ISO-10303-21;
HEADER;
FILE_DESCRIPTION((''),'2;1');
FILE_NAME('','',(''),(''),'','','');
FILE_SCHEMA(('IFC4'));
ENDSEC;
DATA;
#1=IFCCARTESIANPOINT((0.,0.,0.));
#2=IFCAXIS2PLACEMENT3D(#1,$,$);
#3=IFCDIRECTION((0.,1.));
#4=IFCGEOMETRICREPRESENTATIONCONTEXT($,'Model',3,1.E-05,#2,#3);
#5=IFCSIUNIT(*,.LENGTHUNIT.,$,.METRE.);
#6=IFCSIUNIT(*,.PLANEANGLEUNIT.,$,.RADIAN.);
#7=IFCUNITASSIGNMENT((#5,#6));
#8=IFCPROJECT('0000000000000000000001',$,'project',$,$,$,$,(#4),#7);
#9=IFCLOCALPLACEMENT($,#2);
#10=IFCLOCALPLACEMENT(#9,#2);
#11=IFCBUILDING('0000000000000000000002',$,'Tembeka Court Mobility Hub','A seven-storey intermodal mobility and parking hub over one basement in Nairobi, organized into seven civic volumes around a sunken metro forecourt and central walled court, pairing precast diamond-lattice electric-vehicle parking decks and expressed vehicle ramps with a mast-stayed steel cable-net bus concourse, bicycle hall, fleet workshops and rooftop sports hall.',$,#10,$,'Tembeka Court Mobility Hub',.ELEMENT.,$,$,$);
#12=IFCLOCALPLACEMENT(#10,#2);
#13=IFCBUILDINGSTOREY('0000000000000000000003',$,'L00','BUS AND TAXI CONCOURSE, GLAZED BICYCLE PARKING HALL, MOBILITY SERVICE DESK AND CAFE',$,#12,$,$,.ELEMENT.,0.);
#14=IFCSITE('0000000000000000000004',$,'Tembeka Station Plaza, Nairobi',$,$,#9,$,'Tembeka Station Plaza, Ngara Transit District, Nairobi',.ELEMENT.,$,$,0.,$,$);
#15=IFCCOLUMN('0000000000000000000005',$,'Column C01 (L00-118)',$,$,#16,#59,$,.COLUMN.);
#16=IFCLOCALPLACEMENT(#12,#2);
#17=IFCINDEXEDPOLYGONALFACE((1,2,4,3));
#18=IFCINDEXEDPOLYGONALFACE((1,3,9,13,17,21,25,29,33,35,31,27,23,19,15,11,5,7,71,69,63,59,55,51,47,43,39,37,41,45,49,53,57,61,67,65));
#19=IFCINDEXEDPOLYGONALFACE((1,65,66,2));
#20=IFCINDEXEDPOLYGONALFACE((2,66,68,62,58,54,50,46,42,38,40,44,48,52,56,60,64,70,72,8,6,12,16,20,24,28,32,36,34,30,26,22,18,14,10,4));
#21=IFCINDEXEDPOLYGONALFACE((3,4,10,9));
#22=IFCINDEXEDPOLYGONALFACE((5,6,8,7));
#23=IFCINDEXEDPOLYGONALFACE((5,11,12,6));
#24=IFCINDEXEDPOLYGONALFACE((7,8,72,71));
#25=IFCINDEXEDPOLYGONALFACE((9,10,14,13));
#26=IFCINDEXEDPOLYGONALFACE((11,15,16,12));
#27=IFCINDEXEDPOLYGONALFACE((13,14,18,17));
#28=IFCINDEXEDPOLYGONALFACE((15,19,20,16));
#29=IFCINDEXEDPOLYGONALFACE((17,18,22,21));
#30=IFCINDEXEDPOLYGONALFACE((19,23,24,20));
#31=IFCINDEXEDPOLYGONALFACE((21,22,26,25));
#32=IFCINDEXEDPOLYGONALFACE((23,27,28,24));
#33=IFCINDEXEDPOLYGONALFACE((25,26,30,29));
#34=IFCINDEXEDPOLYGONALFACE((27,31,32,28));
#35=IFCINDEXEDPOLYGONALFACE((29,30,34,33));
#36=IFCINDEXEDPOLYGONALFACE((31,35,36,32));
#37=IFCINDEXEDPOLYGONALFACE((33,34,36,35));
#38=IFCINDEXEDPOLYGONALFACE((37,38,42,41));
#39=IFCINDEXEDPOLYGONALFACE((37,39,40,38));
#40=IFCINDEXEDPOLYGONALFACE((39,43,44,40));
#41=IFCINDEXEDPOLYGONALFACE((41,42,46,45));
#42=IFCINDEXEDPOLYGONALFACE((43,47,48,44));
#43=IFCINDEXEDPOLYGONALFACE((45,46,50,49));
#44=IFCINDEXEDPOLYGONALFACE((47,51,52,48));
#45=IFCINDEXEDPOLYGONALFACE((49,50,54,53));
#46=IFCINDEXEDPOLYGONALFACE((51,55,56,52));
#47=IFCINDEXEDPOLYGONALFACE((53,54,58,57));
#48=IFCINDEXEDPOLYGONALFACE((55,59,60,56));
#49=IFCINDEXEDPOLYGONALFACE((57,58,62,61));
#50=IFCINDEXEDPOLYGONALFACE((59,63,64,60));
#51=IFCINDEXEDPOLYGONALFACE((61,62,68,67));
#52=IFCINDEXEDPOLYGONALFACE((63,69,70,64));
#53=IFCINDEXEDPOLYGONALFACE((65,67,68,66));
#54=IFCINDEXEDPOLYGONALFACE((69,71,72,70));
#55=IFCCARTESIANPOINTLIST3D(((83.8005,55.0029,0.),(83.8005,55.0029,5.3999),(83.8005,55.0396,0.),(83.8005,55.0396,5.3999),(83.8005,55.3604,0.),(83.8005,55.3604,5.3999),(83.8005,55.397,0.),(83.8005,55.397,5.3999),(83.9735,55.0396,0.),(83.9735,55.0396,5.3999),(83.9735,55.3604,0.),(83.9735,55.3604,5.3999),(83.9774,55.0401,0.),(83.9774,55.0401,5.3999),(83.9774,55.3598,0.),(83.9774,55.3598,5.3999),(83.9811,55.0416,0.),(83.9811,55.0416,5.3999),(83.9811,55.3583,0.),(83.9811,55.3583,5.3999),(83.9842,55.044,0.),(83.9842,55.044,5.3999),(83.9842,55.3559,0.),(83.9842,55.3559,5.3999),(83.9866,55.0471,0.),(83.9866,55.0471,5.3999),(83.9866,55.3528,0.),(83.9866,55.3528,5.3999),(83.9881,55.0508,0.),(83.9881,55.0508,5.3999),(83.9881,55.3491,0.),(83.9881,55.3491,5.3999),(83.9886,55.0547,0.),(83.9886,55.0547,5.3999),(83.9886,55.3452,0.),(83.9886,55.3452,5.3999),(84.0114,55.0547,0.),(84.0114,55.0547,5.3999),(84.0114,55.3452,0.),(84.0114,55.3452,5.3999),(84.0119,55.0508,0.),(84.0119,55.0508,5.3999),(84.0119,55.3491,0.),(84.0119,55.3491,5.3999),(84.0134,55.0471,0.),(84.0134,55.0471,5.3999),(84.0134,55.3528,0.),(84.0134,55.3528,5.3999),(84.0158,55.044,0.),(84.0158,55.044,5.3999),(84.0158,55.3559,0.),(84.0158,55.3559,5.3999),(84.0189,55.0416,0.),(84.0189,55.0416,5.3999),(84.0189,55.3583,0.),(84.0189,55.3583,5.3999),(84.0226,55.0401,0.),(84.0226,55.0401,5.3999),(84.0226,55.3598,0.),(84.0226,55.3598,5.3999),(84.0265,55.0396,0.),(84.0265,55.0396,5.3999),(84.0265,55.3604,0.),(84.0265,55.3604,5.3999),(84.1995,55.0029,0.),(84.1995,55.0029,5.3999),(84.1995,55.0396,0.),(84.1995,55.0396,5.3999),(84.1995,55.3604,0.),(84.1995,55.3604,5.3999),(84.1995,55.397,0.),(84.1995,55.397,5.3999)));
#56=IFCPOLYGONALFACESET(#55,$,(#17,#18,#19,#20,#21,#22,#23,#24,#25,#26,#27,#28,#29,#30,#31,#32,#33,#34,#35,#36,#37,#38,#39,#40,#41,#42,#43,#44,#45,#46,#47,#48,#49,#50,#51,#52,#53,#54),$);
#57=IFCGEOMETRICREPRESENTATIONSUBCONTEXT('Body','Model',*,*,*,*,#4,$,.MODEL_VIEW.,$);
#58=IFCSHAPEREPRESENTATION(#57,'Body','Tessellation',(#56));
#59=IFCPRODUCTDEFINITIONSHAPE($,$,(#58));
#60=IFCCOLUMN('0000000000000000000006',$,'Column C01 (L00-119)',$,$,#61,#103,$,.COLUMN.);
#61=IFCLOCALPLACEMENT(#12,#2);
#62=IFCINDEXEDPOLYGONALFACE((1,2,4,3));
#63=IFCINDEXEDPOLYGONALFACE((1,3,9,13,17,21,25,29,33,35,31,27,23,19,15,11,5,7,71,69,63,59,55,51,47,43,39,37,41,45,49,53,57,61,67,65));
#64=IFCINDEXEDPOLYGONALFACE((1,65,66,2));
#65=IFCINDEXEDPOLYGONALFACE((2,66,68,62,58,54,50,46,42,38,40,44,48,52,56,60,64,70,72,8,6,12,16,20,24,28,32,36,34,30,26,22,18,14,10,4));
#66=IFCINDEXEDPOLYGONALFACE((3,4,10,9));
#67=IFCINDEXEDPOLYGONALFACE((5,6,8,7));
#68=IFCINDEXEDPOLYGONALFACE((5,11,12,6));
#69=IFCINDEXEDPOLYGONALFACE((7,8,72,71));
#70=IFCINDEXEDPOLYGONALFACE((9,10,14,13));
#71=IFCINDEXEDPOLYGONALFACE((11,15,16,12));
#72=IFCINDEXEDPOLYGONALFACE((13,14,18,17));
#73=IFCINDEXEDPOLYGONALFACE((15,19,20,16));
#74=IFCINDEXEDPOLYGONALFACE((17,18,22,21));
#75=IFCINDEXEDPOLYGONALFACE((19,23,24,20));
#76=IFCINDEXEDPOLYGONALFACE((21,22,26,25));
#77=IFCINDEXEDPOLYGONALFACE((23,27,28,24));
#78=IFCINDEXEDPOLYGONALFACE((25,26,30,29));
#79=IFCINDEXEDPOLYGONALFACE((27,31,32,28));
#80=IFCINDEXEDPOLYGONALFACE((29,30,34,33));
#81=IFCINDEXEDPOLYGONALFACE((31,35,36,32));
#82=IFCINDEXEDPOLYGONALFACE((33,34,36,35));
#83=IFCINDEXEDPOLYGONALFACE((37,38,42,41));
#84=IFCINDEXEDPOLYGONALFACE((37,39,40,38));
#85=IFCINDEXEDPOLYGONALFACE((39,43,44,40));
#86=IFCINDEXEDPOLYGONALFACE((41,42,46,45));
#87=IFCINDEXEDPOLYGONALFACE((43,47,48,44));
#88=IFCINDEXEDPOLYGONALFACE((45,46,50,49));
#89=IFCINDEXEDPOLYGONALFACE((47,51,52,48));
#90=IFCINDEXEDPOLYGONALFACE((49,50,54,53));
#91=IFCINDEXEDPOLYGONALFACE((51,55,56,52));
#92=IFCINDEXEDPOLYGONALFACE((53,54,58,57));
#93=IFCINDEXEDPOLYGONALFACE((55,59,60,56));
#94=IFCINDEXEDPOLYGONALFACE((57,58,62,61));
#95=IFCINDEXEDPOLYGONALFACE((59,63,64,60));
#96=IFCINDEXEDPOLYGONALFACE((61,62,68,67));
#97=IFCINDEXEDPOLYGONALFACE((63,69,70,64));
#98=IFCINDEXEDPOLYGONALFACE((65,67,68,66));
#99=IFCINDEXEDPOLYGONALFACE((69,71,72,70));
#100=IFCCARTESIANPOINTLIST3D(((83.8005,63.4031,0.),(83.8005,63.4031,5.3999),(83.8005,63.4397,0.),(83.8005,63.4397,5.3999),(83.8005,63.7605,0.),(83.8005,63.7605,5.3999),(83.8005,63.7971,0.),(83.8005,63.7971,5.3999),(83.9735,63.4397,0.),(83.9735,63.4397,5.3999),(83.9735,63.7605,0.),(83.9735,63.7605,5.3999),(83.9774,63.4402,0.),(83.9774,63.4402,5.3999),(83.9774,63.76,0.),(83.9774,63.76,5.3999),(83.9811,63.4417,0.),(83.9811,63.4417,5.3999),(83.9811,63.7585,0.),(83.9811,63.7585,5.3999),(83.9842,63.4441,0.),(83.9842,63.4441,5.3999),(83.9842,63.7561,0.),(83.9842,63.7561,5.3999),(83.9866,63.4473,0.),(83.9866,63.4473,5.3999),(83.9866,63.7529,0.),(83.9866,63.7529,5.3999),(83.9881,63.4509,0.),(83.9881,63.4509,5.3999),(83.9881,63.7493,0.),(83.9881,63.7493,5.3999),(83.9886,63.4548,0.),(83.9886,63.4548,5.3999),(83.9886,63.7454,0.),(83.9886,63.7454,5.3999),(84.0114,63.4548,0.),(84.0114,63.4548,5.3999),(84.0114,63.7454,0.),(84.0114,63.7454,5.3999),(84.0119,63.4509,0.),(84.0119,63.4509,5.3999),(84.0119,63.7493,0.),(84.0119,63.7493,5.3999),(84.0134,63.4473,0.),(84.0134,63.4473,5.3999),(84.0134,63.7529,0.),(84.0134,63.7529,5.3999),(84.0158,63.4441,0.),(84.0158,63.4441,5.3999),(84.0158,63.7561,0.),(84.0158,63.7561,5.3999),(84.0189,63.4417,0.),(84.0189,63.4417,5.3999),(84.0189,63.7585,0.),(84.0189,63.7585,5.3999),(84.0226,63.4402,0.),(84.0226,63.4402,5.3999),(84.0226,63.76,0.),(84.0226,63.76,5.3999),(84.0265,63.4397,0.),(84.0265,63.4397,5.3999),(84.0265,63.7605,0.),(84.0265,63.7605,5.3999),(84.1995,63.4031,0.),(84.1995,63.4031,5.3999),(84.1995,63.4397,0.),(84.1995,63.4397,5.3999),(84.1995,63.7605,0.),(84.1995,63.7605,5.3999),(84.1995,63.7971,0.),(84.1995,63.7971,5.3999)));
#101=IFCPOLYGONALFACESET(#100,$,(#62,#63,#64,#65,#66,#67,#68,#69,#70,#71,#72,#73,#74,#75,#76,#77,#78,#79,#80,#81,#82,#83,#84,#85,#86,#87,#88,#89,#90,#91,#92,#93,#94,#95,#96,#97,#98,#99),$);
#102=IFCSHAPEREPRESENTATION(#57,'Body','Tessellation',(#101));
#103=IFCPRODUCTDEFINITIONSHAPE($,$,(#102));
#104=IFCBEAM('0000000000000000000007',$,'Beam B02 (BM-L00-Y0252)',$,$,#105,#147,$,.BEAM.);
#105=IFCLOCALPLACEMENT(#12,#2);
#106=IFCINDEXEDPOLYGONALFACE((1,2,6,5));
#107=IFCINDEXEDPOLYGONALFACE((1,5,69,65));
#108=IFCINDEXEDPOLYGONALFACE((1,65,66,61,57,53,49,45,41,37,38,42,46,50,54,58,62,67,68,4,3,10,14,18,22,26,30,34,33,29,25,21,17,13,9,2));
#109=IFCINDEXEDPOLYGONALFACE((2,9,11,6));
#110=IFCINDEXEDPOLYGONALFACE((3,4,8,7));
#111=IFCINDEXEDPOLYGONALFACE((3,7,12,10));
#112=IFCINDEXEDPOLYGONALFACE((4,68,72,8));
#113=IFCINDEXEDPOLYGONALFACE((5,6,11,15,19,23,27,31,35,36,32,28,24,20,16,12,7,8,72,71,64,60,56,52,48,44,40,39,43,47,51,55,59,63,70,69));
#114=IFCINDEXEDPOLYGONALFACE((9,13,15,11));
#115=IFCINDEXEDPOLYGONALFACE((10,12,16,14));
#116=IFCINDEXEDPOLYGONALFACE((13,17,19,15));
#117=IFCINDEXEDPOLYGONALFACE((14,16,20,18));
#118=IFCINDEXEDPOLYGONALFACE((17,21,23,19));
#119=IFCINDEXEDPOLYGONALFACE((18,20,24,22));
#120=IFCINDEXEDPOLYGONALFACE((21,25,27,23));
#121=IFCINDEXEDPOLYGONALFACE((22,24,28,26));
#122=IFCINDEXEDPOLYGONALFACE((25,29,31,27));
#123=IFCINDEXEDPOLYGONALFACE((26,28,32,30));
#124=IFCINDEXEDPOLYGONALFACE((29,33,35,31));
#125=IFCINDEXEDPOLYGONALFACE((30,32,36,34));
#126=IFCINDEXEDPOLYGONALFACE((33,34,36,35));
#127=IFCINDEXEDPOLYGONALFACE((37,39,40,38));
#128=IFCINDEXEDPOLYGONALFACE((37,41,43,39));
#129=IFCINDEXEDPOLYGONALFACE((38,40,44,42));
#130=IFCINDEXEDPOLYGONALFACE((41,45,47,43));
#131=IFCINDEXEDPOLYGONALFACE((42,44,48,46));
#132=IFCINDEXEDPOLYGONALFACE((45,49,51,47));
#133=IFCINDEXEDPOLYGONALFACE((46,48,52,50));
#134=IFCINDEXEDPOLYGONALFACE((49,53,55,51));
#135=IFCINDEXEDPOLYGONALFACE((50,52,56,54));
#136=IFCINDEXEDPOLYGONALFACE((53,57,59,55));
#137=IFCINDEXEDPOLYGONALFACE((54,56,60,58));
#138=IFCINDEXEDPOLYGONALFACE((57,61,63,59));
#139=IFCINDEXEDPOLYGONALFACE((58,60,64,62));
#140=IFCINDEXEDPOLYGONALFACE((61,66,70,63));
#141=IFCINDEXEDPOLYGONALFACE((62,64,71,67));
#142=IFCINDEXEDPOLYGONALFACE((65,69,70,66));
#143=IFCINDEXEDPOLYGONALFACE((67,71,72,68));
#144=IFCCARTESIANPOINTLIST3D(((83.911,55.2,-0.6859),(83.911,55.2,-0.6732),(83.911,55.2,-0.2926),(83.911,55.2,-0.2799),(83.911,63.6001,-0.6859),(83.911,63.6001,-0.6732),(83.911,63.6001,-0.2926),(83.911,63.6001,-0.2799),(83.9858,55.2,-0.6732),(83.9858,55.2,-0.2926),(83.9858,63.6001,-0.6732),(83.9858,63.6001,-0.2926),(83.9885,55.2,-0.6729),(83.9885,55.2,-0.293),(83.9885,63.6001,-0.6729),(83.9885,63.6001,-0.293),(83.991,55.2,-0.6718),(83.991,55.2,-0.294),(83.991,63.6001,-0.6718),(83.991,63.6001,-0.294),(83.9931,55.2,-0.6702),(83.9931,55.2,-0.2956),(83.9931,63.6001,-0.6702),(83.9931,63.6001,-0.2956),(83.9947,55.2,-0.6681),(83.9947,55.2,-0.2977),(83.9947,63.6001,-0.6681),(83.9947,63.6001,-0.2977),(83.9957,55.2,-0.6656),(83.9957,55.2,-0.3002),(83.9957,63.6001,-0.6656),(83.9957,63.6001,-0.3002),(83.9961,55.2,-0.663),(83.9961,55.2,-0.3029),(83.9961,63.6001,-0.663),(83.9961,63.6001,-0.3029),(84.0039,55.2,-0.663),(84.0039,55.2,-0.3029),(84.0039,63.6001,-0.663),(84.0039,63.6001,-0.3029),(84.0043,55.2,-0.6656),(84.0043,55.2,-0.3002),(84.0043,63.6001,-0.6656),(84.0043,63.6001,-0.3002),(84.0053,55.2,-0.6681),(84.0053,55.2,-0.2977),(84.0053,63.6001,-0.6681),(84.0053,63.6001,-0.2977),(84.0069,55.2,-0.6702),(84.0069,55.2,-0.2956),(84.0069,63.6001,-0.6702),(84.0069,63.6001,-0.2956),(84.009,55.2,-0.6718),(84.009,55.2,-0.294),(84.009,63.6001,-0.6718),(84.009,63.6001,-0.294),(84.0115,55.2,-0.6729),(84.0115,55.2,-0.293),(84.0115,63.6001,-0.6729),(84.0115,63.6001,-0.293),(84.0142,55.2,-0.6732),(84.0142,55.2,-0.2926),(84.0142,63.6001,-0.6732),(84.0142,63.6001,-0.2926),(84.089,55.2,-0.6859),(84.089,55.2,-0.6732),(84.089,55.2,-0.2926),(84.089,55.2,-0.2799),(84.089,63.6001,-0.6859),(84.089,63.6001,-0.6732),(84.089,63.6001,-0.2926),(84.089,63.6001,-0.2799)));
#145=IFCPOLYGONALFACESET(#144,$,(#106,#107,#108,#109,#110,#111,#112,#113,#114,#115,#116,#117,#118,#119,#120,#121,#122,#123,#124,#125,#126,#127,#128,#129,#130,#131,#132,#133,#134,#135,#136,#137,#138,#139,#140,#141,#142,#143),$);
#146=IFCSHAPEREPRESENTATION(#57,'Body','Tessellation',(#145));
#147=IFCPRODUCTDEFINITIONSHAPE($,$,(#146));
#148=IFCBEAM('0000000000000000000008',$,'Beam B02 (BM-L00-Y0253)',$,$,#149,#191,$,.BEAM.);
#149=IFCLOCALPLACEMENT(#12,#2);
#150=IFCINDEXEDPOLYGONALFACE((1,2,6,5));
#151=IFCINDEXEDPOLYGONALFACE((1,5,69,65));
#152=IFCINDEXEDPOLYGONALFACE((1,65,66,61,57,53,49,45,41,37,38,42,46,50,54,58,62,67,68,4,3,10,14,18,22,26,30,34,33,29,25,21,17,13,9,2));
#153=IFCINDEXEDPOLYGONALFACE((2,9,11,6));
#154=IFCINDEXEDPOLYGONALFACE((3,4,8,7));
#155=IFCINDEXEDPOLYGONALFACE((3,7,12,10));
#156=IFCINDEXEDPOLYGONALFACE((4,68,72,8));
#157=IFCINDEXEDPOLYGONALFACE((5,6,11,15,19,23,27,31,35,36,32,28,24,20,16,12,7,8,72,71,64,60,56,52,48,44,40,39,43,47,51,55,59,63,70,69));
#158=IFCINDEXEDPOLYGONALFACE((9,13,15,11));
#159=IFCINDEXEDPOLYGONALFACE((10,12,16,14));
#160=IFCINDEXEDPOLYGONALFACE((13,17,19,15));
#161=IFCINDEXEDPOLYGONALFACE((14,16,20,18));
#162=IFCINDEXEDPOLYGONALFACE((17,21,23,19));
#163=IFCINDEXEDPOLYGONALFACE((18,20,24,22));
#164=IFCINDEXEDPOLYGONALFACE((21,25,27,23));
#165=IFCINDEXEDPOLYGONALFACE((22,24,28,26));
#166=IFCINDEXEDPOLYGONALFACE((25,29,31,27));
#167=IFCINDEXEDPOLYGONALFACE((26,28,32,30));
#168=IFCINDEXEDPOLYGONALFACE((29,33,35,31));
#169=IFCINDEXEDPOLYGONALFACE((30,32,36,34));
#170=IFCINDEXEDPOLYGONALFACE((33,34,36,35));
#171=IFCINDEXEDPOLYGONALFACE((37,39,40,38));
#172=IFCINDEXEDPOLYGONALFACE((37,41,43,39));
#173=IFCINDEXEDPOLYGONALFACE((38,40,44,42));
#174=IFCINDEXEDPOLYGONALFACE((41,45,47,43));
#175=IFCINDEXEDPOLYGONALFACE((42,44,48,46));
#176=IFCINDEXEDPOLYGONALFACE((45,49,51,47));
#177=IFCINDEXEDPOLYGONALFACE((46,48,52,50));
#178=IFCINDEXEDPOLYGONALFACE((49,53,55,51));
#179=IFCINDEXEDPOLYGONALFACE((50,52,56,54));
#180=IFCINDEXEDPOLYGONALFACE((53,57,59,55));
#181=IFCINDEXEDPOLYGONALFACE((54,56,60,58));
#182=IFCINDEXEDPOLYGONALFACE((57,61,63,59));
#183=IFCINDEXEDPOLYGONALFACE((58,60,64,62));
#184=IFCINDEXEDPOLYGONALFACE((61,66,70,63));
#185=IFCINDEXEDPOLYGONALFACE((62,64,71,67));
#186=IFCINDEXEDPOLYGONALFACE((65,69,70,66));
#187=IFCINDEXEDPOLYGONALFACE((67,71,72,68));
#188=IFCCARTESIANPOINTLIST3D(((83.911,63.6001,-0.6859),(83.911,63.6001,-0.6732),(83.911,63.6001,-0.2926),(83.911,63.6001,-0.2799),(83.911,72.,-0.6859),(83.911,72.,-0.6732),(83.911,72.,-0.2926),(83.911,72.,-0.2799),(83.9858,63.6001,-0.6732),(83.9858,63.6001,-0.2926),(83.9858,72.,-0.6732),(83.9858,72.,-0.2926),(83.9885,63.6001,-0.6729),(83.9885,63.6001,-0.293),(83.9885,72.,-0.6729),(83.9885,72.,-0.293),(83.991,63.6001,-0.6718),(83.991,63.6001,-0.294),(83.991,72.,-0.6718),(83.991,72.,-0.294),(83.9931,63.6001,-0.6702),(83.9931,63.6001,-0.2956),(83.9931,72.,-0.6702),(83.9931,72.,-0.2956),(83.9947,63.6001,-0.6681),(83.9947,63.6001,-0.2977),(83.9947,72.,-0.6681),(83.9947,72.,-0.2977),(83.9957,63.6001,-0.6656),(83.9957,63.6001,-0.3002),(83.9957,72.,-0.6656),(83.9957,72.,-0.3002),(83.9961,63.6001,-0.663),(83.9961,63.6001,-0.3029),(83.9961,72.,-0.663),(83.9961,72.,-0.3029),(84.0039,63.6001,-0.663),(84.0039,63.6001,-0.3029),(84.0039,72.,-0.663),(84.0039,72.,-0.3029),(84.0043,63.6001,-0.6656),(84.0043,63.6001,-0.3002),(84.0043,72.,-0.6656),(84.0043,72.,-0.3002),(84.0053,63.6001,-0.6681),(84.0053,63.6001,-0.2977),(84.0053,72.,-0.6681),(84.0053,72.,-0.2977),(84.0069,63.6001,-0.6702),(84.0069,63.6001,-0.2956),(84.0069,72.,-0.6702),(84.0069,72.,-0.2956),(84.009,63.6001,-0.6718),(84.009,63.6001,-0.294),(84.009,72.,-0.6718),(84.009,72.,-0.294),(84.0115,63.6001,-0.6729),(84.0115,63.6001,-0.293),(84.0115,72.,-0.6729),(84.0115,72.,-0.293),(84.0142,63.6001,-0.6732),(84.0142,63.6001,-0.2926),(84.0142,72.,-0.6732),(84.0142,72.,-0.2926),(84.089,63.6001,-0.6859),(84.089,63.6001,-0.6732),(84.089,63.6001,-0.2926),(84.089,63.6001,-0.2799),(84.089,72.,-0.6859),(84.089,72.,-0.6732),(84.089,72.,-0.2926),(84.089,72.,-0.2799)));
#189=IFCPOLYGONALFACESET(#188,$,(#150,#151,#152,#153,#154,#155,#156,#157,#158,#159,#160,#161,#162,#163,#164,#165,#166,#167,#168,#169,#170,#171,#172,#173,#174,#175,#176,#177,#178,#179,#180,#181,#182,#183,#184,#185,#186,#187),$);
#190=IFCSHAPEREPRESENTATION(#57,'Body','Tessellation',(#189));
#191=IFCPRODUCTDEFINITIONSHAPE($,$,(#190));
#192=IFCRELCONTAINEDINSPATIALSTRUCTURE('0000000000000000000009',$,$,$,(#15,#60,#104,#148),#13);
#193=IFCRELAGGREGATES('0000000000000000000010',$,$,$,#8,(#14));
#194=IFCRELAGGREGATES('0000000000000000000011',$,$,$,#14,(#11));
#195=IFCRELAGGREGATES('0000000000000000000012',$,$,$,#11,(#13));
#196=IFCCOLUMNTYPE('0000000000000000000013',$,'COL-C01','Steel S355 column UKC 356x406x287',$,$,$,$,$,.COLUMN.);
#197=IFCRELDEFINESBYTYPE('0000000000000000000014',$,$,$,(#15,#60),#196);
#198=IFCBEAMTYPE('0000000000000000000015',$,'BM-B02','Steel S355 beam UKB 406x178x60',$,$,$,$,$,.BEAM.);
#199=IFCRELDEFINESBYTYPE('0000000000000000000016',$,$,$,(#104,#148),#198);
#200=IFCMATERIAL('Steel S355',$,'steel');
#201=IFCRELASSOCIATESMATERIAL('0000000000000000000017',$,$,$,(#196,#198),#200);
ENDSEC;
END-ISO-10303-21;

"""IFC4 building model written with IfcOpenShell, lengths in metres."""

from ifc_helpers import new_model, si_unit, direction, frame, origin, origin_2d, place, context, subcontext, project, spatial, i_section, extrude, material, material_profile, profile_set, type_object, element, save


model = new_model("IFC4")

# Units and contexts
model_context = context("Model", 3, precision=1e-05, world=origin(), true_north=direction((0.0, 1.0)))
body_context = subcontext(model_context, "Body", "Model", "MODEL_VIEW")
ifc_project = project(units=[si_unit("LENGTHUNIT", "METRE"), si_unit("PLANEANGLEUNIT", "RADIAN")], contexts=[model_context])

# Site, building, storey
site_placement = place(None, origin())
site = spatial("IfcSite", under=ifc_project, at=site_placement, Name="Tembeka Station Plaza, Nairobi", LongName="Tembeka Station Plaza, Ngara Transit District, Nairobi", CompositionType="ELEMENT", RefElevation=0.0)
building_placement = place(site_placement, origin())
building = spatial("IfcBuilding", under=site, at=building_placement, Name="Tembeka Court Mobility Hub", Description="A seven-storey intermodal mobility and parking hub over one basement in Nairobi, organized into seven civic volumes around a sunken metro forecourt and central walled court, pairing precast diamond-lattice electric-vehicle parking decks and expressed vehicle ramps with a mast-stayed steel cable-net bus concourse, bicycle hall, fleet workshops and rooftop sports hall.", LongName="Tembeka Court Mobility Hub", CompositionType="ELEMENT")
storey_placement = place(building_placement, origin())
storey = spatial("IfcBuildingStorey", under=building, at=storey_placement, Name="L00", Description="BUS AND TAXI CONCOURSE, GLAZED BICYCLE PARKING HALL, MOBILITY SERVICE DESK AND CAFE", CompositionType="ELEMENT", Elevation=0.0)

# Columns
ifc_material_1 = material(Name="Steel S355", Category="steel")
ifc_material_profile_1 = material_profile(ifc_material_1, i_section(OverallWidth=0.3989, OverallDepth=0.394, WebThickness=0.0227, FlangeThickness=0.0366, FilletRadius=0.0151, at=origin_2d()), Name="UKC 356x406x287")
ifc_profile_set_1 = profile_set([ifc_material_profile_1], Name="Steel S355")
column_type = type_object("IfcColumnType", Name="COL-C01", Description="Steel S355 column UKC 356x406x287", PredefinedType="COLUMN", material=ifc_profile_set_1)
for number, where, z_axis, x_axis, name in (
    (1, (84.0, 55.2, 0.0), (0.0, 0.0, 1.0), (1.0, 0.0, 0.0), "Column C01 (L00-118)"),
    (2, (84.0, 63.6001, 0.0), (0.0, 0.0, 1.0), (1.0, 0.0, 0.0), "Column C01 (L00-119)"),
):
    element("IfcColumn", number, at=place(storey_placement, frame(where, z_axis=z_axis, x_axis=x_axis)), inside=storey, type_object=column_type, Name=name, PredefinedType="COLUMN", context=body_context, shape_type="SweptSolid", body=[
        extrude(i_section(OverallWidth=0.3989, OverallDepth=0.394, WebThickness=0.0227, FlangeThickness=0.0366, FilletRadius=0.0151, at=origin_2d()), origin(), (0.0, 0.0, 1.0), 5.3999),
    ])

# Beams
ifc_material_profile_2 = material_profile(ifc_material_1, i_section(OverallWidth=0.178, OverallDepth=0.406, WebThickness=0.0078, FlangeThickness=0.0127, FilletRadius=0.0103, at=origin_2d()), Name="UKB 406x178x60")
ifc_profile_set_2 = profile_set([ifc_material_profile_2], Name="Steel S355")
beam_type_1 = type_object("IfcBeamType", Name="BM-B02", Description="Steel S355 beam UKB 406x178x60", PredefinedType="BEAM", material=ifc_profile_set_2)
beam_1_placement = place(storey_placement, frame((84.0, 55.2, -0.4829), z_axis=(0.0, 1.0, 0.0), x_axis=(-1.0, 0.0, 0.0)))
element("IfcBeam", 3, at=beam_1_placement, inside=storey, type_object=beam_type_1, Name="Beam B02 (BM-L00-Y0252)", PredefinedType="BEAM", context=body_context, shape_type="SweptSolid", body=[
    extrude(i_section(OverallWidth=0.178, OverallDepth=0.406, WebThickness=0.0078, FlangeThickness=0.0127, FilletRadius=0.0103, at=origin_2d()), origin(), (0.0, 0.0, 1.0), 8.4001),
])
beam_2_placement = place(storey_placement, frame((84.0, 63.6001, -0.4829), z_axis=(0.0, 1.0, 0.0), x_axis=(-1.0, 0.0, 0.0)))
element("IfcBeam", 4, at=beam_2_placement, inside=storey, type_object=beam_type_1, Name="Beam B02 (BM-L00-Y0253)", PredefinedType="BEAM", context=body_context, shape_type="SweptSolid", body=[
    extrude(i_section(OverallWidth=0.178, OverallDepth=0.406, WebThickness=0.0078, FlangeThickness=0.0127, FilletRadius=0.0103, at=origin_2d()), origin(), (0.0, 0.0, 1.0), 8.3999),
])

save(model, "model.ifc")
